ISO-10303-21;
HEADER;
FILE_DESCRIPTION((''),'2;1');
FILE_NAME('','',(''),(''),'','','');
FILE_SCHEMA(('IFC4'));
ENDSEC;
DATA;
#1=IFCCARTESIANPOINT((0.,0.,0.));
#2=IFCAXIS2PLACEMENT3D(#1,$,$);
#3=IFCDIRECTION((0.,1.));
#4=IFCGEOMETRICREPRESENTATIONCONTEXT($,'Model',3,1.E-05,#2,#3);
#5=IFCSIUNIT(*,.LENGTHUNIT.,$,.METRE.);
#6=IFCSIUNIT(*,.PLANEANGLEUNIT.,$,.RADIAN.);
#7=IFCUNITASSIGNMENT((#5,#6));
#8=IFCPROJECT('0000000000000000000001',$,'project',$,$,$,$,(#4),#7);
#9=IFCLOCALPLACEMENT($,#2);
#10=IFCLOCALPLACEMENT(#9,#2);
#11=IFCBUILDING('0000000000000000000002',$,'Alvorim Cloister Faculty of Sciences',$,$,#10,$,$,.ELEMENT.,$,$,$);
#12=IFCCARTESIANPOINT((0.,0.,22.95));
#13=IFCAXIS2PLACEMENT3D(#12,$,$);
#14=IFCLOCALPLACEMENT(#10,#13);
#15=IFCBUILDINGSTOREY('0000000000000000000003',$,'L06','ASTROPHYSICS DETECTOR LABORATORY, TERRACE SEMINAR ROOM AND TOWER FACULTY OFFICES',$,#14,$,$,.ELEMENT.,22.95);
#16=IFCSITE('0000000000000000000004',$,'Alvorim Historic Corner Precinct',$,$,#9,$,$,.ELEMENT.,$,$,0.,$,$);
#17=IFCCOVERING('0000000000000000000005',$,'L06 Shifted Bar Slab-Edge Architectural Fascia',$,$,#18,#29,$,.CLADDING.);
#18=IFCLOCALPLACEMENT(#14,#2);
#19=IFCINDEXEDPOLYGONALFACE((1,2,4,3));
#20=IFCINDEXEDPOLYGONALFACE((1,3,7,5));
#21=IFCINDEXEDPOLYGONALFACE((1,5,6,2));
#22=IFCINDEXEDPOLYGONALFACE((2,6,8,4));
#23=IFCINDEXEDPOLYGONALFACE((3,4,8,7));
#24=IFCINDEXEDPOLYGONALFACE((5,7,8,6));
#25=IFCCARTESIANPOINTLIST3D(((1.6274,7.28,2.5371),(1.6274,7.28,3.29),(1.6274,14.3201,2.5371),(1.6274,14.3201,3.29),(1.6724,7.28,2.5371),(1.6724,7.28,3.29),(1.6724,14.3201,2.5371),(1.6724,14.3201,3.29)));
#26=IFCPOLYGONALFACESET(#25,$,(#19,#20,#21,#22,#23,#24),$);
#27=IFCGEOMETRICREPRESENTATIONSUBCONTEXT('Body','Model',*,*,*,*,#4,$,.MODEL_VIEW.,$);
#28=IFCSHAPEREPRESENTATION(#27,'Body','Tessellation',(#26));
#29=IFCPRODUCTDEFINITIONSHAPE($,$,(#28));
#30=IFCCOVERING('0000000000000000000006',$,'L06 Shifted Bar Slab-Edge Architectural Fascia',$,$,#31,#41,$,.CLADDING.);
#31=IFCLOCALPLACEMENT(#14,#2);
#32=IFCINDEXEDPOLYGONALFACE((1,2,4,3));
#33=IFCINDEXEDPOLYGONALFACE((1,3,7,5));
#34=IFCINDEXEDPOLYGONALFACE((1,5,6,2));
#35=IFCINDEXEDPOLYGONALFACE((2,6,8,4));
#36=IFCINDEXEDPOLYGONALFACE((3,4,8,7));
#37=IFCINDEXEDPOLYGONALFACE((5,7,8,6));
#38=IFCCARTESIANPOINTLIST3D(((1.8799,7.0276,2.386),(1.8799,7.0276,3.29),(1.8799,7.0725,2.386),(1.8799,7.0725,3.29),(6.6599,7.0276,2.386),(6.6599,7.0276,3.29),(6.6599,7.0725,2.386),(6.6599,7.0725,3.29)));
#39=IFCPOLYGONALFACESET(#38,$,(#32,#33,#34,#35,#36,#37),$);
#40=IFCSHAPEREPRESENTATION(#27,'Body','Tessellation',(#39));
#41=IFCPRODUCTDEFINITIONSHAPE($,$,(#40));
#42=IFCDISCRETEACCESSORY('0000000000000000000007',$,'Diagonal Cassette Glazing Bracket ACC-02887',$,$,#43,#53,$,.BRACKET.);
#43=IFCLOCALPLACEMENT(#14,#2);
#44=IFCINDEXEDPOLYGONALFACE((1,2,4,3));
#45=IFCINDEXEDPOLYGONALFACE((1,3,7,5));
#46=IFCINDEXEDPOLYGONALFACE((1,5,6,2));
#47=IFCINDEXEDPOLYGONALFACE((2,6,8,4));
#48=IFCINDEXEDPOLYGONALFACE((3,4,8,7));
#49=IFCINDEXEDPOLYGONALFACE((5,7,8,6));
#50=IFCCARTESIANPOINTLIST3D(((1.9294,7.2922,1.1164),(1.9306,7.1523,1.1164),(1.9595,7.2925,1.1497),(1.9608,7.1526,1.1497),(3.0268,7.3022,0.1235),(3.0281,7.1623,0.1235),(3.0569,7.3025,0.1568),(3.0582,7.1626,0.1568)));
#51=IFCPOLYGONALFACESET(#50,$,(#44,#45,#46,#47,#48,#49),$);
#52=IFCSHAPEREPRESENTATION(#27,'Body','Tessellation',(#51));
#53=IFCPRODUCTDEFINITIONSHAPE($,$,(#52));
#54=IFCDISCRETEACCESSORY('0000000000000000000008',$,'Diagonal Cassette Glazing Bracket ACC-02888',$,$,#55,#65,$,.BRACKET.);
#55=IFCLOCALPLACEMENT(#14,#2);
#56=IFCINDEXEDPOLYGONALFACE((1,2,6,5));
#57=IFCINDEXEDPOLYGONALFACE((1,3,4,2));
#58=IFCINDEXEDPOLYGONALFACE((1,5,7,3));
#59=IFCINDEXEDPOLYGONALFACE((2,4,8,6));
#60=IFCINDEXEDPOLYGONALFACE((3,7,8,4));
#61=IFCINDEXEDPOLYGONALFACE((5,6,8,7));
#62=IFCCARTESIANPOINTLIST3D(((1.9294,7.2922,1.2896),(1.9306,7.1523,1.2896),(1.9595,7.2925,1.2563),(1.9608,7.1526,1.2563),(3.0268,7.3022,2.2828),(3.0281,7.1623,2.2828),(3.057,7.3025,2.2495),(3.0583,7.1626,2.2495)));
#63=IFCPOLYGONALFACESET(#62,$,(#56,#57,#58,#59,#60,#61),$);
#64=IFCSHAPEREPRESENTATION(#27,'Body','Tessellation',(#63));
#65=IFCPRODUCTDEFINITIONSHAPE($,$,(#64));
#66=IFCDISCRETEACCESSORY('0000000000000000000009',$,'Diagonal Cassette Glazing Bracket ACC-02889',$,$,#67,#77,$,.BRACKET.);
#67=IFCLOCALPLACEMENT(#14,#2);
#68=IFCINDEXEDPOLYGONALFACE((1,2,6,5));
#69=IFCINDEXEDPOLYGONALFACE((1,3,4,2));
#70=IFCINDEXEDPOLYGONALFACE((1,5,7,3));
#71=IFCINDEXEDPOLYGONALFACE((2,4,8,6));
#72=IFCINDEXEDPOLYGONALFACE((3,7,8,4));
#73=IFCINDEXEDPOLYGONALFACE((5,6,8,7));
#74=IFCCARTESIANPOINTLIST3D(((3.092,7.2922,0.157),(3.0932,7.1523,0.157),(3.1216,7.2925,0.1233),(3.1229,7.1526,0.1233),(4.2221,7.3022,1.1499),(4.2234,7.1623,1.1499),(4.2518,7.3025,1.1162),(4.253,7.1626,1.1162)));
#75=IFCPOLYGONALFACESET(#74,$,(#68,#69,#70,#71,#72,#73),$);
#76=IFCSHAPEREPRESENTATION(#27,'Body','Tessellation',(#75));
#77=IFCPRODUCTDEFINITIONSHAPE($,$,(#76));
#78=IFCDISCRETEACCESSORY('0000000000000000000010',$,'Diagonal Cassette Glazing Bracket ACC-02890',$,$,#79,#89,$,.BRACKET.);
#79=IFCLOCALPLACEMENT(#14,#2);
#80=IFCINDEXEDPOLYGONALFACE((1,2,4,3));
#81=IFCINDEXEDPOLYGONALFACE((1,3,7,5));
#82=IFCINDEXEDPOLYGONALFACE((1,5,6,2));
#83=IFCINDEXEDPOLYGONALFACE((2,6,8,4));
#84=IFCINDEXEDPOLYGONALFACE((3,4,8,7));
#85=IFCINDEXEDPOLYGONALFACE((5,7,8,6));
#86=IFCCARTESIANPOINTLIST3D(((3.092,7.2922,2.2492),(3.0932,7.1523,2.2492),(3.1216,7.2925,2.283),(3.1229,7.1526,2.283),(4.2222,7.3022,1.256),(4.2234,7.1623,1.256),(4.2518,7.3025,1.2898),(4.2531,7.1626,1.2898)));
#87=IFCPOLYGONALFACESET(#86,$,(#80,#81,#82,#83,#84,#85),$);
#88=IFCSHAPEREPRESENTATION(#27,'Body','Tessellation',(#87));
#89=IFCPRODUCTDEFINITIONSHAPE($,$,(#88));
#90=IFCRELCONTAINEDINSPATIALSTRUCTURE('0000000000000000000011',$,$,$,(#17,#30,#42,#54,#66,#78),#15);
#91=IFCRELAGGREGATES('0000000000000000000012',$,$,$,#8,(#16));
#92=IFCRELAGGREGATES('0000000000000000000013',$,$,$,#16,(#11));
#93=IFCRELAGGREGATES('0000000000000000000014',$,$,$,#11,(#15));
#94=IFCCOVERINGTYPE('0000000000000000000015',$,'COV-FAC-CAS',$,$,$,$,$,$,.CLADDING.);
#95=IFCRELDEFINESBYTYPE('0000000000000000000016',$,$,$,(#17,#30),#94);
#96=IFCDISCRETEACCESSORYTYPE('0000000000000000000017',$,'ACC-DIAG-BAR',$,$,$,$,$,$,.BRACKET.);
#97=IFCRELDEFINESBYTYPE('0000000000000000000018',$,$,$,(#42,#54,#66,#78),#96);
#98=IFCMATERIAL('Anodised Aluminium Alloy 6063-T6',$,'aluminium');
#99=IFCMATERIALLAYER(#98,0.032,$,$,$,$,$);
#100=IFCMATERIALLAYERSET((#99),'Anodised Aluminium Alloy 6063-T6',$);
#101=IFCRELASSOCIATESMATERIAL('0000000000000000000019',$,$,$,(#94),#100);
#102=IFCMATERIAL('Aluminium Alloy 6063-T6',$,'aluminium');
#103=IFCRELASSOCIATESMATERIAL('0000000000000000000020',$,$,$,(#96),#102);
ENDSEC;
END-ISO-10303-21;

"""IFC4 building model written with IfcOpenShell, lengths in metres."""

from ifc_helpers import new_model, si_unit, direction, frame, origin, origin_2d, place, context, subcontext, project, spatial, polyline, rectangle, outline, extrude, material, layer, layer_set, type_object, element, save


model = new_model("IFC4")

# Units and contexts
model_context = context("Model", 3, precision=1e-05, world=origin(), true_north=direction((0.0, 1.0)))
body_context = subcontext(model_context, "Body", "Model", "MODEL_VIEW")
ifc_project = project(units=[si_unit("LENGTHUNIT", "METRE"), si_unit("PLANEANGLEUNIT", "RADIAN")], contexts=[model_context])

# Site, building, storey
site_placement = place(None, origin())
site = spatial("IfcSite", under=ifc_project, at=site_placement, Name="Alvorim Historic Corner Precinct", CompositionType="ELEMENT", RefElevation=0.0)
building_placement = place(site_placement, origin())
building = spatial("IfcBuilding", under=site, at=building_placement, Name="Alvorim Cloister Faculty of Sciences", CompositionType="ELEMENT")
storey_placement = place(building_placement, frame((0.0, 0.0, 22.95)))
storey = spatial("IfcBuildingStorey", under=building, at=storey_placement, Name="L06", Description="ASTROPHYSICS DETECTOR LABORATORY, TERRACE SEMINAR ROOM AND TOWER FACULTY OFFICES", CompositionType="ELEMENT", Elevation=22.95)

# Shared definitions
ifc_material_1 = material(Name="Aluminium Alloy 6063-T6", Category="aluminium")

# Coverings
ifc_material_2 = material(Name="Anodised Aluminium Alloy 6063-T6", Category="aluminium")
ifc_layer_1 = layer(ifc_material_2, 0.032)
ifc_layer_set_1 = layer_set([ifc_layer_1], Name="Anodised Aluminium Alloy 6063-T6")
covering_type = type_object("IfcCoveringType", Name="COV-FAC-CAS", PredefinedType="CLADDING", material=ifc_layer_set_1)
covering_1_placement = place(storey_placement, frame((1.6499, 7.28, 2.5371), z_axis=(0.0, 0.0, 1.0), x_axis=(0.0, 1.0, 0.0)))
element("IfcCovering", 1, at=covering_1_placement, inside=storey, type_object=covering_type, Name="L06 Shifted Bar Slab-Edge Architectural Fascia", PredefinedType="CLADDING", context=body_context, shape_type="SweptSolid", body=[
    extrude(outline(polyline([(0.0, 0.0), (7.04, 0.0), (7.04, 0.7529), (0.0, 0.7529), (0.0, 0.0)])), frame((0.0, 0.0225, 0.0), z_axis=(0.0, -1.0, 0.0), x_axis=(1.0, 0.0, 0.0)), (0.0, 0.0, 1.0), 0.0449),
])
covering_2_placement = place(storey_placement, frame((1.8799, 7.05, 2.386), z_axis=(0.0, 0.0, 1.0), x_axis=(1.0, 0.0, 0.0)))
element("IfcCovering", 2, at=covering_2_placement, inside=storey, type_object=covering_type, Name="L06 Shifted Bar Slab-Edge Architectural Fascia", PredefinedType="CLADDING", context=body_context, shape_type="SweptSolid", body=[
    extrude(outline(polyline([(0.0, 0.0), (4.78, 0.0), (4.78, 0.9041), (0.0, 0.9041), (0.0, 0.0)])), frame((0.0, 0.0225, 0.0), z_axis=(0.0, -1.0, 0.0), x_axis=(1.0, 0.0, 0.0)), (0.0, 0.0, 1.0), 0.0449),
])

# Discrete accessories
discrete_accessory_type = type_object("IfcDiscreteAccessoryType", Name="ACC-DIAG-BAR", PredefinedType="BRACKET", material=ifc_material_1)
discrete_accessory_1_placement = place(storey_placement, frame((1.9451, 7.2224, 1.1331), z_axis=(0.741511, 0.006764, -0.670907), x_axis=(-0.009121, 0.999958, 0.0)))
element("IfcDiscreteAccessory", 3, at=discrete_accessory_1_placement, inside=storey, type_object=discrete_accessory_type, Name="Diagonal Cassette Glazing Bracket ACC-02887", PredefinedType="BRACKET", context=body_context, shape_type="SweptSolid", body=[
    extrude(rectangle(XDim=0.1399, YDim=0.0449, at=origin_2d()), origin(), (0.0, 0.0, 1.0), 1.48),
])
discrete_accessory_2_placement = place(storey_placement, frame((1.9451, 7.2224, 1.2729), z_axis=(0.741429, 0.006763, 0.670997), x_axis=(-0.009121, 0.999958, 0.0)))
element("IfcDiscreteAccessory", 4, at=discrete_accessory_2_placement, inside=storey, type_object=discrete_accessory_type, Name="Diagonal Cassette Glazing Bracket ACC-02888", PredefinedType="BRACKET", context=body_context, shape_type="SweptSolid", body=[
    extrude(rectangle(XDim=0.1399, YDim=0.0449, at=origin_2d()), origin(), (0.0, 0.0, 1.0), 1.4802),
])
discrete_accessory_3_placement = place(storey_placement, frame((3.1074, 7.2224, 0.1401), z_axis=(0.751221, 0.006654, 0.660017), x_axis=(-0.008857, 0.999961, 0.0)))
element("IfcDiscreteAccessory", 5, at=discrete_accessory_3_placement, inside=storey, type_object=discrete_accessory_type, Name="Diagonal Cassette Glazing Bracket ACC-02889", PredefinedType="BRACKET", context=body_context, shape_type="SweptSolid", body=[
    extrude(rectangle(XDim=0.1399, YDim=0.0449, at=origin_2d()), origin(), (0.0, 0.0, 1.0), 1.5044),
])
discrete_accessory_4_placement = place(storey_placement, frame((3.1074, 7.2224, 2.2661), z_axis=(0.751141, 0.006653, -0.660108), x_axis=(-0.008857, 0.999961, 0.0)))
element("IfcDiscreteAccessory", 6, at=discrete_accessory_4_placement, inside=storey, type_object=discrete_accessory_type, Name="Diagonal Cassette Glazing Bracket ACC-02890", PredefinedType="BRACKET", context=body_context, shape_type="SweptSolid", body=[
    extrude(rectangle(XDim=0.1399, YDim=0.0449, at=origin_2d()), origin(), (0.0, 0.0, 1.0), 1.5046),
])

save(model, "model.ifc")
